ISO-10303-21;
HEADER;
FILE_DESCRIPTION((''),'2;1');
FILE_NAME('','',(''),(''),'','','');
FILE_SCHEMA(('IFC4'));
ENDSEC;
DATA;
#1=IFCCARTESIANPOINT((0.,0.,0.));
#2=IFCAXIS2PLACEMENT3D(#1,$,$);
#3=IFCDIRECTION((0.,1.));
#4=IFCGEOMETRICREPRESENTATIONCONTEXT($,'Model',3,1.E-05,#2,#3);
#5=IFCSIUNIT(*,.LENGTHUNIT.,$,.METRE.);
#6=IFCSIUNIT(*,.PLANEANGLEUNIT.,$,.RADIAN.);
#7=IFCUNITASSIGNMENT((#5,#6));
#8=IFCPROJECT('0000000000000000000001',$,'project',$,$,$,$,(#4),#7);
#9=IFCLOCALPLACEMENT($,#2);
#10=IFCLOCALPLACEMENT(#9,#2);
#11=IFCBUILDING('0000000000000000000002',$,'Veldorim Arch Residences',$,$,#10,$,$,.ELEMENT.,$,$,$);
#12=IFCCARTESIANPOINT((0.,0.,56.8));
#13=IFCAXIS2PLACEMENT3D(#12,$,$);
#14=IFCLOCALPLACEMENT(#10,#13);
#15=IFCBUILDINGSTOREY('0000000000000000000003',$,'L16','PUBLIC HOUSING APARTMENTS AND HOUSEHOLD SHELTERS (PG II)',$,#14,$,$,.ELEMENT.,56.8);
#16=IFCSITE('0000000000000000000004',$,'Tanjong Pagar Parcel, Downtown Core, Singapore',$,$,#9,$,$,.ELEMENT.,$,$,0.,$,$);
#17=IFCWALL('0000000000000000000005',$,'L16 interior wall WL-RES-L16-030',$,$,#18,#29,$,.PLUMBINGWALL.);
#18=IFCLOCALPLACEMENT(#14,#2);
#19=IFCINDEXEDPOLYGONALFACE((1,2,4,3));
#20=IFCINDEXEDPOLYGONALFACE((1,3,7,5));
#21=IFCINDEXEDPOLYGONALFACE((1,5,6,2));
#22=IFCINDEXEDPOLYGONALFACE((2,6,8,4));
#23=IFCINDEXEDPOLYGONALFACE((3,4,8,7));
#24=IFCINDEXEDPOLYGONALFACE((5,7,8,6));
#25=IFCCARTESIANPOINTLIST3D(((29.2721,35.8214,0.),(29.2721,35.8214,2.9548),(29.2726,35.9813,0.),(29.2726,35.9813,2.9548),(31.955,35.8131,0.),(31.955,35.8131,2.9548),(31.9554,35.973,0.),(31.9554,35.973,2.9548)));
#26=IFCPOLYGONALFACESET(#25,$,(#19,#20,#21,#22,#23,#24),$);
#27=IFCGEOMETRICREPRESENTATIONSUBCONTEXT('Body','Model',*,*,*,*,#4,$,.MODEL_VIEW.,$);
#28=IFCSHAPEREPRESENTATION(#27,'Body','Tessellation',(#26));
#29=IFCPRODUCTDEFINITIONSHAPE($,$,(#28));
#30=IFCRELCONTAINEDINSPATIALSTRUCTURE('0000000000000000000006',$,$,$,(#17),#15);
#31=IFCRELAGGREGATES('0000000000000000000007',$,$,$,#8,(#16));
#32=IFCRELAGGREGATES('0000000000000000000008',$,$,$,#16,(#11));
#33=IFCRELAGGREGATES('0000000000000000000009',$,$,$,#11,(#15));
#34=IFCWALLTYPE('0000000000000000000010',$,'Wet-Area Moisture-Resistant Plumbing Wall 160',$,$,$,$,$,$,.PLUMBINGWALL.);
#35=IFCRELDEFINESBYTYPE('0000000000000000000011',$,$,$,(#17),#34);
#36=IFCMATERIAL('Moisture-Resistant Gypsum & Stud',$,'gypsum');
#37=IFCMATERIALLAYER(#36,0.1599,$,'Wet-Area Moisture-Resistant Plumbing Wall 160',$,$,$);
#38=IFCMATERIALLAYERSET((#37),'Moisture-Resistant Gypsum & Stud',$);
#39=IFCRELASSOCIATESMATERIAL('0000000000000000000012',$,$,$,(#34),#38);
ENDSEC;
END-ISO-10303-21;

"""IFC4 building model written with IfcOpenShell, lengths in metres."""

from ifc_helpers import new_model, si_unit, direction, frame, frame_2d, origin, place, context, subcontext, project, spatial, rectangle, extrude, material, layer, layer_set, type_object, element, save


model = new_model("IFC4")

# Units and contexts
model_context = context("Model", 3, precision=1e-05, world=origin(), true_north=direction((0.0, 1.0)))
body_context = subcontext(model_context, "Body", "Model", "MODEL_VIEW")
ifc_project = project(units=[si_unit("LENGTHUNIT", "METRE"), si_unit("PLANEANGLEUNIT", "RADIAN")], contexts=[model_context])

# Site, building, storey
site_placement = place(None, origin())
site = spatial("IfcSite", under=ifc_project, at=site_placement, Name="Tanjong Pagar Parcel, Downtown Core, Singapore", CompositionType="ELEMENT", RefElevation=0.0)
building_placement = place(site_placement, origin())
building = spatial("IfcBuilding", under=site, at=building_placement, Name="Veldorim Arch Residences", CompositionType="ELEMENT")
storey_placement = place(building_placement, frame((0.0, 0.0, 56.8)))
storey = spatial("IfcBuildingStorey", under=building, at=storey_placement, Name="L16", Description="PUBLIC HOUSING APARTMENTS AND HOUSEHOLD SHELTERS (PG II)", CompositionType="ELEMENT", Elevation=56.8)

# Shared definitions
ifc_material_1 = material(Name="Moisture-Resistant Gypsum & Stud", Category="gypsum")
ifc_layer_1 = layer(ifc_material_1, 0.1599, Name="Wet-Area Moisture-Resistant Plumbing Wall 160")
ifc_layer_set_1 = layer_set([ifc_layer_1], Name="Moisture-Resistant Gypsum & Stud")
wall_type_1 = type_object("IfcWallType", Name="Wet-Area Moisture-Resistant Plumbing Wall 160", PredefinedType="PLUMBINGWALL", material=ifc_layer_set_1)

# Wall
wall_1_placement = place(storey_placement, frame((31.9551, 35.8931, 0.0), z_axis=(0.0, 0.0, 1.0), x_axis=(-0.999995, 0.003094, 0.0)))
element("IfcWall", 1, at=wall_1_placement, inside=storey, type_object=wall_type_1, Name="L16 interior wall WL-RES-L16-030", PredefinedType="PLUMBINGWALL", context=body_context, shape_type="SweptSolid", body=[
    extrude(rectangle(XDim=2.6829, YDim=0.1599, at=frame_2d((1.3413, 0.0))), origin(), (0.0, 0.0, 1.0), 2.9548),
])

save(model, "model.ifc")
